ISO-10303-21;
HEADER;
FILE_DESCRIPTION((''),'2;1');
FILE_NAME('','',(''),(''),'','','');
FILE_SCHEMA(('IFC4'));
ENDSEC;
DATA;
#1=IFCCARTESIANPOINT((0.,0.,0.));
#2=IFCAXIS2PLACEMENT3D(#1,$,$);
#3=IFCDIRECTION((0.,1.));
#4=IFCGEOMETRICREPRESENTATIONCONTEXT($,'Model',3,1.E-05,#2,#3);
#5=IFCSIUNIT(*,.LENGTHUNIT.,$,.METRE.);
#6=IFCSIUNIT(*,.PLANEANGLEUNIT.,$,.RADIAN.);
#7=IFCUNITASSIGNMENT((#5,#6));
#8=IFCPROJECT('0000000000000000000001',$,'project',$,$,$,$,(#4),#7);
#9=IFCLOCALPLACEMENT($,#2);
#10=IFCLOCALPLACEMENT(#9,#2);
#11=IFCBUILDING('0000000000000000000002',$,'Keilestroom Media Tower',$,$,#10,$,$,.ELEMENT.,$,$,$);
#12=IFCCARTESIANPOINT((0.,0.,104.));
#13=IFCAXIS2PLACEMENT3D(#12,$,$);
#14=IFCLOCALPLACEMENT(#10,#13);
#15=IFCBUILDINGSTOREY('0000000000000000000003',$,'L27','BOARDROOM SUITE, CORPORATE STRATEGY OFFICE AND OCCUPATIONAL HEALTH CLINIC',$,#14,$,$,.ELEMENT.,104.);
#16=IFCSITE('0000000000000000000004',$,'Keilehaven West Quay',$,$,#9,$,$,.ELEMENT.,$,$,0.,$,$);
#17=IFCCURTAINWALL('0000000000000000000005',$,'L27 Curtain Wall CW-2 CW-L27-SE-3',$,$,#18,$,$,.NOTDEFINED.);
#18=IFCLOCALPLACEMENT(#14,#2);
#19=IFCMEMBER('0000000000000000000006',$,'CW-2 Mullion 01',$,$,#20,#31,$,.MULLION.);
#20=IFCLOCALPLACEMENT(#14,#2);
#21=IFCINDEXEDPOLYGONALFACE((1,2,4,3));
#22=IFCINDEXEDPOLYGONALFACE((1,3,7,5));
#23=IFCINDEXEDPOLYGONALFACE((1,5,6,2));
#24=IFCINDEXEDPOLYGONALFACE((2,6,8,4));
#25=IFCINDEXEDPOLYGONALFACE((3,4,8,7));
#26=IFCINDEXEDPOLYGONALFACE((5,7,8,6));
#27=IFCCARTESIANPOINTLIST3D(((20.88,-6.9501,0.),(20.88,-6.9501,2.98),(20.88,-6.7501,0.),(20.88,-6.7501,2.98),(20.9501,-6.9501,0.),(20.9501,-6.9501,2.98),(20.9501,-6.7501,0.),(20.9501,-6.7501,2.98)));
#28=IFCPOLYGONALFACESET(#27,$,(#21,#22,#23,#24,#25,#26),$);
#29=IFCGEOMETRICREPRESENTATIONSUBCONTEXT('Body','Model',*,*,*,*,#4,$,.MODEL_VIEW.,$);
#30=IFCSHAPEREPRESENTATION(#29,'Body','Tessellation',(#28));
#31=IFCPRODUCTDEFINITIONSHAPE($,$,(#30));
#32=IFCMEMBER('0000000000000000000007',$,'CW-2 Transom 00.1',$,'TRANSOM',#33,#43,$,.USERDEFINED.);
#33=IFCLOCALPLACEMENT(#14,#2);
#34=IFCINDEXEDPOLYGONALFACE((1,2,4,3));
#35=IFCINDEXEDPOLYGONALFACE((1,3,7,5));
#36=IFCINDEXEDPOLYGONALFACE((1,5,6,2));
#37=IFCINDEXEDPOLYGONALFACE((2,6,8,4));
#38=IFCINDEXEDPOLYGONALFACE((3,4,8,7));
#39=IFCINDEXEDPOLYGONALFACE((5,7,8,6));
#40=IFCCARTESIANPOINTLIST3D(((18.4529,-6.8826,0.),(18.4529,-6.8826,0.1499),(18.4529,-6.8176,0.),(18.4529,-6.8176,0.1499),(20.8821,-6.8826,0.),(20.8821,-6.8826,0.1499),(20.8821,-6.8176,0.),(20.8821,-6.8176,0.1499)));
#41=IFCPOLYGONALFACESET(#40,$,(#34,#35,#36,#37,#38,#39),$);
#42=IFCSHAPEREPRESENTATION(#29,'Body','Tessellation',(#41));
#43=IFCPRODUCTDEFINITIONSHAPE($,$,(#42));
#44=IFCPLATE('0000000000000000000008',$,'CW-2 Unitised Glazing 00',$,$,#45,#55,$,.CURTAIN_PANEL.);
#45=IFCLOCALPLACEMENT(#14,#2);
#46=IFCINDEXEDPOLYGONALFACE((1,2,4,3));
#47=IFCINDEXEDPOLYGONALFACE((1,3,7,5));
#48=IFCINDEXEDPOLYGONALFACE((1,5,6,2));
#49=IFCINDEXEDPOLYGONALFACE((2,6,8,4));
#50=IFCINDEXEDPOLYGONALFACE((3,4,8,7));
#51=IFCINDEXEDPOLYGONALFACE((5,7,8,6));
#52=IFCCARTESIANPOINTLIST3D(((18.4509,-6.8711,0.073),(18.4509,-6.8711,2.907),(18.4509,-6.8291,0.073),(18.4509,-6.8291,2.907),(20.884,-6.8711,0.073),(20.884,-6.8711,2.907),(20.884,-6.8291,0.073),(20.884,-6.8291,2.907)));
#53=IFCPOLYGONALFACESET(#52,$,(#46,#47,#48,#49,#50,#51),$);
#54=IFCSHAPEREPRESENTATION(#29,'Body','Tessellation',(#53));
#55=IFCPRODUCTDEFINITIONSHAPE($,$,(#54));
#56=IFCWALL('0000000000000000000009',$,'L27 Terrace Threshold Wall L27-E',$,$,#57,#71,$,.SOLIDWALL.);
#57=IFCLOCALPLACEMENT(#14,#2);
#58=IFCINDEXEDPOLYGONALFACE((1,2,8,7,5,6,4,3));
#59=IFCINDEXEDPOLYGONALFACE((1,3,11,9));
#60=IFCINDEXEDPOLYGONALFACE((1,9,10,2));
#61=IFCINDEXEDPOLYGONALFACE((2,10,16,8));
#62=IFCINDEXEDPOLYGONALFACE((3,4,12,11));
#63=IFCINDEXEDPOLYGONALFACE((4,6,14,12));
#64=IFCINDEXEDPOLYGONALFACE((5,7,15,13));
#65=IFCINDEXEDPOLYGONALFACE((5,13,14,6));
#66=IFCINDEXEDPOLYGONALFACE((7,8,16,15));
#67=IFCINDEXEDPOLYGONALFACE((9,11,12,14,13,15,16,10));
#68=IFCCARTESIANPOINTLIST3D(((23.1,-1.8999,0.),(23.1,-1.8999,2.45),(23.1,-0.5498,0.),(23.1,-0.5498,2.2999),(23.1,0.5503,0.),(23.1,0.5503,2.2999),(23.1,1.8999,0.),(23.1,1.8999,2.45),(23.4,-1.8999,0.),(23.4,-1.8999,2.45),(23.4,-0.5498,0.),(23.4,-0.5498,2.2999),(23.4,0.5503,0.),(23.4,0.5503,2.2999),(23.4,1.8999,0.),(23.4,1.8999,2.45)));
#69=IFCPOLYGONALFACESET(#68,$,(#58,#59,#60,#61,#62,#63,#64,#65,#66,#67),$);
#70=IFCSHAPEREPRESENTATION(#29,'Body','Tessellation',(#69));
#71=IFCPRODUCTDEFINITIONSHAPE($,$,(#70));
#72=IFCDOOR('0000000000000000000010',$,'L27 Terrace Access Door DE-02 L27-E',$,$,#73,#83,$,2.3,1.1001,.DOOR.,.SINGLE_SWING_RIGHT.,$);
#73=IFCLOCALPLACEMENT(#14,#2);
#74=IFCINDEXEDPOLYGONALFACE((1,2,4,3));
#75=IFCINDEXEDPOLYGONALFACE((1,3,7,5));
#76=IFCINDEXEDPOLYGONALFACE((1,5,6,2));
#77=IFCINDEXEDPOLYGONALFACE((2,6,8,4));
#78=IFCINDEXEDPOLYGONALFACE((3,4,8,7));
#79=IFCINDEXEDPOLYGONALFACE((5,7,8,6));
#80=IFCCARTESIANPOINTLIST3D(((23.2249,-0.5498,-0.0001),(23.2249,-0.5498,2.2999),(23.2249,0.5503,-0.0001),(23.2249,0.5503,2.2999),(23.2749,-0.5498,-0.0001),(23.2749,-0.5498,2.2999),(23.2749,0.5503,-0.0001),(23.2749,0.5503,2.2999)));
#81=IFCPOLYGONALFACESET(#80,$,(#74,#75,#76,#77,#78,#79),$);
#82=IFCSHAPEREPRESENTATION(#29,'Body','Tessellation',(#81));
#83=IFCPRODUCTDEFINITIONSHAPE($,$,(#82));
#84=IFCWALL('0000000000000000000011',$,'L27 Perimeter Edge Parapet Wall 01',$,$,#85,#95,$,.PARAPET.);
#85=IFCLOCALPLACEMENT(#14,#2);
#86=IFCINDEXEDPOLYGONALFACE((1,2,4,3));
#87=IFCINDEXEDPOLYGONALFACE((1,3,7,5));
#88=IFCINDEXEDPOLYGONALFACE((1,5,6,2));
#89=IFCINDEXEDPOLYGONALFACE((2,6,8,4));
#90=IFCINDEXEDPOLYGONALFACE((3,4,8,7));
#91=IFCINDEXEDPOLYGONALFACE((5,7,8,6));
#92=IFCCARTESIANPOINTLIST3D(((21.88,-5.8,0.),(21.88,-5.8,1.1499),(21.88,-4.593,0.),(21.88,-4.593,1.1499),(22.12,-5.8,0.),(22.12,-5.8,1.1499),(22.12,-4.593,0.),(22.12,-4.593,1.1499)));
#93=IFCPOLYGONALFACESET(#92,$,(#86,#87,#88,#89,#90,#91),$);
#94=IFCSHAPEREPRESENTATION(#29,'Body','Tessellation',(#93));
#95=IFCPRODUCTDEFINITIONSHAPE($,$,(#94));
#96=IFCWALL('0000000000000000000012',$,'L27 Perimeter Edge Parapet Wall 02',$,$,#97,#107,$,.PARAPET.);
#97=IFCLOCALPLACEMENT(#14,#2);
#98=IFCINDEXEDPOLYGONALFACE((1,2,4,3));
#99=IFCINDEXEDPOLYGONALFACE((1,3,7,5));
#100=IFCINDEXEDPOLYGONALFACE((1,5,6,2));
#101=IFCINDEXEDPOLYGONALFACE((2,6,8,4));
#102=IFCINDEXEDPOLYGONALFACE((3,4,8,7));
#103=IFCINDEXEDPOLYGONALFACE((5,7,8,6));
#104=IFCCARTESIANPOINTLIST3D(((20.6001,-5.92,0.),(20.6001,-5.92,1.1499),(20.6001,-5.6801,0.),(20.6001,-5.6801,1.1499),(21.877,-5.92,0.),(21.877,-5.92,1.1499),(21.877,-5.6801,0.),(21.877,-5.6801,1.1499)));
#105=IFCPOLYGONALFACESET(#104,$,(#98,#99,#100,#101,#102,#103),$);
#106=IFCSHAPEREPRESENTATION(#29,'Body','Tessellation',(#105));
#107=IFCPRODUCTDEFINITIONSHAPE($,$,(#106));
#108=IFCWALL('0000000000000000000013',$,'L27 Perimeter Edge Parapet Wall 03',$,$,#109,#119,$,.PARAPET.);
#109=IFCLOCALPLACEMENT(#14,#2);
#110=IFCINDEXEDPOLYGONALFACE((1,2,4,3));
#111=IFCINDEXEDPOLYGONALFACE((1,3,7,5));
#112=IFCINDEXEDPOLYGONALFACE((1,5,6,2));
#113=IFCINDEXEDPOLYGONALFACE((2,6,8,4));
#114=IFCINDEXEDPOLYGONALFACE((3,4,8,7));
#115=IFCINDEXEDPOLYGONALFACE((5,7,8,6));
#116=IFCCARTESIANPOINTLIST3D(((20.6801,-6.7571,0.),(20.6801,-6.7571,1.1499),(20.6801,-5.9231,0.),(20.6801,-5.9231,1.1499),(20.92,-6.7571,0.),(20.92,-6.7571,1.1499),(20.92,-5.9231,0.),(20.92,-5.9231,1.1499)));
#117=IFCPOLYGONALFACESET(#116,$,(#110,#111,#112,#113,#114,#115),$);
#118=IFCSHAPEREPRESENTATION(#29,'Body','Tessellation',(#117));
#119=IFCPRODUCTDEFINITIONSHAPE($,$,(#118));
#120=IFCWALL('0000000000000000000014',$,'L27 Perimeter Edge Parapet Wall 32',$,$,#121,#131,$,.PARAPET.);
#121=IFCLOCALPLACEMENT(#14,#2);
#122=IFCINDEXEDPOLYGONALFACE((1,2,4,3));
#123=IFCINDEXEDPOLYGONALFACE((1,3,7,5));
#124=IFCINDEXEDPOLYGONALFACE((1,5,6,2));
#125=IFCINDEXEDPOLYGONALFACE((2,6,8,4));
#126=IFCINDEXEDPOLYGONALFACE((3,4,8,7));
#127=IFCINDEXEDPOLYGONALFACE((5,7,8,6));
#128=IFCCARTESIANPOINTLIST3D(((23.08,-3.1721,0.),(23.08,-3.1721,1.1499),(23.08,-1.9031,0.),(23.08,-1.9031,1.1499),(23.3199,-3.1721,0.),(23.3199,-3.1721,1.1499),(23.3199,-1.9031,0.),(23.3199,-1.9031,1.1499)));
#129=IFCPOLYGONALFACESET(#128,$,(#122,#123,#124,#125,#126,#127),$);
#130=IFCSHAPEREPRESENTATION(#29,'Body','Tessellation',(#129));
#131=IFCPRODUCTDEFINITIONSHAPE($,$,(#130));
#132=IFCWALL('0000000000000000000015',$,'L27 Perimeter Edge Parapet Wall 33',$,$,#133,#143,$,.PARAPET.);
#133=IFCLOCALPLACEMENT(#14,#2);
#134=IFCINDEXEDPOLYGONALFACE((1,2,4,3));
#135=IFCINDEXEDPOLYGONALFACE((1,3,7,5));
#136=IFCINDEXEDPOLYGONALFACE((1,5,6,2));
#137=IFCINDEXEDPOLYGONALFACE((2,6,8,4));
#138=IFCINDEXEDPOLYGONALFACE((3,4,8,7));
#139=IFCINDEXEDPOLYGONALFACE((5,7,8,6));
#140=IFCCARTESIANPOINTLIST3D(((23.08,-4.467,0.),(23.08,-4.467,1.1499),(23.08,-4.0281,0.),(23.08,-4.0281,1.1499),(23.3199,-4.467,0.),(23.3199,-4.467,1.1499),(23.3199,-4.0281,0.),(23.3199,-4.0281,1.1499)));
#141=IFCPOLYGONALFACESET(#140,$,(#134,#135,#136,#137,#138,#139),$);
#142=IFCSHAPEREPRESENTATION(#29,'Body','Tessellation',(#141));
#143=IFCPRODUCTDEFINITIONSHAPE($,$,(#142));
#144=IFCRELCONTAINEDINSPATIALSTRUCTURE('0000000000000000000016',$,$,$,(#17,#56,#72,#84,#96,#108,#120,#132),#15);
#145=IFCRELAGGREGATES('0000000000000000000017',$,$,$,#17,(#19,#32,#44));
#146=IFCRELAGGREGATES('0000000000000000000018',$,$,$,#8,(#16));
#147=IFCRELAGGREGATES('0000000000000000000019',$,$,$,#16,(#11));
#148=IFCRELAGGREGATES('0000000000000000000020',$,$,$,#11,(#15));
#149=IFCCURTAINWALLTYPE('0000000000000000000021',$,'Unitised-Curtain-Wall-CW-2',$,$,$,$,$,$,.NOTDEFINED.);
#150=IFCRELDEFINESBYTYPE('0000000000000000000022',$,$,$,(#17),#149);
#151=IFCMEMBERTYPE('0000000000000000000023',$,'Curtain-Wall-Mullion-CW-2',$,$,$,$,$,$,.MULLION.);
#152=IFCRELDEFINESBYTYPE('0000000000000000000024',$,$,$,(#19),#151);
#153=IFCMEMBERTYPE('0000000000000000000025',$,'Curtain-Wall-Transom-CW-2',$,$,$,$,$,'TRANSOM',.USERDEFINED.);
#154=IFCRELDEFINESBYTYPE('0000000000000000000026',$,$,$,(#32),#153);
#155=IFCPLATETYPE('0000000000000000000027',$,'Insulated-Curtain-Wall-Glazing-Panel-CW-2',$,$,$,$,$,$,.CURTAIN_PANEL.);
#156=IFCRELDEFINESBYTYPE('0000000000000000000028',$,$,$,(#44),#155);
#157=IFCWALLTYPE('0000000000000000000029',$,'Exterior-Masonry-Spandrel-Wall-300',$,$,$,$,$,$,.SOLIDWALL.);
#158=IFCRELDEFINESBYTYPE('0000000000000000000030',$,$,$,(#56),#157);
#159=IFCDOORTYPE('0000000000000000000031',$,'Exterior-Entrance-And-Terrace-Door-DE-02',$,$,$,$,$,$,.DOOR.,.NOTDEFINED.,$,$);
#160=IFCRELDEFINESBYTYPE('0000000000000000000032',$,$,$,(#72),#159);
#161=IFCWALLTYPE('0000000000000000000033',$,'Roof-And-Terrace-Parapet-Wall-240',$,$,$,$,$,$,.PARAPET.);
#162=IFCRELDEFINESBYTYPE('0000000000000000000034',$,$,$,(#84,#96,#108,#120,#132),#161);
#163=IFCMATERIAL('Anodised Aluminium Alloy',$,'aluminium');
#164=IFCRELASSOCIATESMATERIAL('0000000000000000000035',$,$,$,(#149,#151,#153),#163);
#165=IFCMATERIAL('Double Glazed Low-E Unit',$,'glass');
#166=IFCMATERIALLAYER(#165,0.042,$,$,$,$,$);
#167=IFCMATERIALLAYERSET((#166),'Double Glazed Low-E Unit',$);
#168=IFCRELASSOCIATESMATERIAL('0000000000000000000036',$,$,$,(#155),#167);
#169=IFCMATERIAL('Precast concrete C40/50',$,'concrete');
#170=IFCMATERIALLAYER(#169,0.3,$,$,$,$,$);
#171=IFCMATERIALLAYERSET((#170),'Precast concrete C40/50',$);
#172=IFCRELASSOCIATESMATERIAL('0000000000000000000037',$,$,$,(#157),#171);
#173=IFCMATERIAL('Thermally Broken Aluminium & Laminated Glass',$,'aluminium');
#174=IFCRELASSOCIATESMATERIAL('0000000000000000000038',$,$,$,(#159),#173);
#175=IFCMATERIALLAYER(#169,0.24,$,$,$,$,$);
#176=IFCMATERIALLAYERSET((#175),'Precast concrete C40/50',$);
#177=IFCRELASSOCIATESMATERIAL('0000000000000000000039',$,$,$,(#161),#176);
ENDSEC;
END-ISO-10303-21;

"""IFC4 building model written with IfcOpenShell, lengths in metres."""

from ifc_helpers import new_model, si_unit, direction, frame, frame_2d, origin, origin_2d, place, context, subcontext, project, spatial, rectangle, extrude, source, transform, mapped, material, layer, layer_set, material_profile, profile_set, type_object, element, fill, aggregate, save


model = new_model("IFC4")

# Units and contexts
model_context = context("Model", 3, precision=1e-05, world=origin(), true_north=direction((0.0, 1.0)))
body_context = subcontext(model_context, "Body", "Model", "MODEL_VIEW")
ifc_project = project(units=[si_unit("LENGTHUNIT", "METRE"), si_unit("PLANEANGLEUNIT", "RADIAN")], contexts=[model_context])

# Site, building, storey
site_placement = place(None, origin())
site = spatial("IfcSite", under=ifc_project, at=site_placement, Name="Keilehaven West Quay", CompositionType="ELEMENT", RefElevation=0.0)
building_placement = place(site_placement, origin())
building = spatial("IfcBuilding", under=site, at=building_placement, Name="Keilestroom Media Tower", CompositionType="ELEMENT")
storey_placement = place(building_placement, frame((0.0, 0.0, 104.0)))
storey = spatial("IfcBuildingStorey", under=building, at=storey_placement, Name="L27", Description="BOARDROOM SUITE, CORPORATE STRATEGY OFFICE AND OCCUPATIONAL HEALTH CLINIC", CompositionType="ELEMENT", Elevation=104.0)

# Shared definitions
ifc_material_1 = material(Name="Precast concrete C40/50", Category="concrete")

# Curtain wall, members, plate
ifc_material_2 = material(Name="Anodised Aluminium Alloy", Category="aluminium")
curtain_wall_type = type_object("IfcCurtainWallType", Name="Unitised-Curtain-Wall-CW-2", PredefinedType="NOTDEFINED", material=ifc_material_2)
curtain_wall_placement = place(storey_placement, origin())
curtain_wall = element("IfcCurtainWall", 1, at=curtain_wall_placement, inside=storey, type_object=curtain_wall_type, Name="L27 Curtain Wall CW-2 CW-L27-SE-3", PredefinedType="NOTDEFINED")
ifc_material_profile_1 = material_profile(ifc_material_2, rectangle(XDim=0.0701, YDim=0.2, at=origin_2d()), Name="ALU MULLION 70x200")
ifc_profile_set_1 = profile_set([ifc_material_profile_1], Name="Anodised Aluminium Alloy")
member_type_1 = type_object("IfcMemberType", Name="Curtain-Wall-Mullion-CW-2", PredefinedType="MULLION", material=ifc_profile_set_1)
shared_shape_1 = source(origin(), body_context, "Body", "SweptSolid", [
    extrude(rectangle(XDim=0.0701, YDim=0.2, at=origin_2d()), origin(), (0.0, 0.0, 1.0), 2.98),
])
member_1_placement = place(storey_placement, frame((20.915, -6.8501, 0.0), z_axis=(0.0, 0.0, 1.0), x_axis=(1.0, 0.0, 0.0)))
member_1 = element("IfcMember", 2, at=member_1_placement, type_object=member_type_1, Name="CW-2 Mullion 01", PredefinedType="MULLION", context=body_context, shape_type="MappedRepresentation", body=[
    mapped(shared_shape_1, transform((0.0, 0.0, 0.0), x_axis=(1.0, 0.0, 0.0), y_axis=(0.0, 1.0, 0.0), z_axis=(0.0, 0.0, 1.0), scale=1.0)),
])
ifc_material_profile_2 = material_profile(ifc_material_2, rectangle(XDim=0.0649, YDim=0.1499, at=origin_2d()), Name="ALU TRANSOM 65x150")
ifc_profile_set_2 = profile_set([ifc_material_profile_2], Name="Anodised Aluminium Alloy")
member_type_2 = type_object("IfcMemberType", Name="Curtain-Wall-Transom-CW-2", ElementType="TRANSOM", PredefinedType="USERDEFINED", material=ifc_profile_set_2)
shared_shape_2 = source(origin(), body_context, "Body", "SweptSolid", [
    extrude(rectangle(XDim=0.0649, YDim=0.1499, at=origin_2d()), origin(), (0.0, 0.0, 1.0), 2.4292),
])
member_2_placement = place(storey_placement, frame((18.4529, -6.8501, 0.075), z_axis=(1.0, 0.0, 0.0), x_axis=(0.0, 1.0, 0.0)))
member_2 = element("IfcMember", 3, at=member_2_placement, type_object=member_type_2, Name="CW-2 Transom 00.1", ObjectType="TRANSOM", PredefinedType="USERDEFINED", context=body_context, shape_type="MappedRepresentation", body=[
    mapped(shared_shape_2, transform((0.0, 0.0, 0.0), x_axis=(1.0, 0.0, 0.0), y_axis=(0.0, 1.0, 0.0), z_axis=(0.0, 0.0, 1.0), scale=1.0)),
])
ifc_material_3 = material(Name="Double Glazed Low-E Unit", Category="glass")
ifc_layer_1 = layer(ifc_material_3, 0.042)
ifc_layer_set_1 = layer_set([ifc_layer_1], Name="Double Glazed Low-E Unit")
plate_type = type_object("IfcPlateType", Name="Insulated-Curtain-Wall-Glazing-Panel-CW-2", PredefinedType="CURTAIN_PANEL", material=ifc_layer_set_1)
shared_shape_3 = source(origin(), body_context, "Body", "SweptSolid", [
    extrude(rectangle(XDim=2.4331, YDim=0.042, at=origin_2d()), origin(), (0.0, 0.0, 1.0), 2.834),
])
plate_placement = place(storey_placement, frame((19.6675, -6.8501, 0.073), z_axis=(0.0, 0.0, 1.0), x_axis=(1.0, 0.0, 0.0)))
plate = element("IfcPlate", 4, at=plate_placement, type_object=plate_type, Name="CW-2 Unitised Glazing 00", PredefinedType="CURTAIN_PANEL", context=body_context, shape_type="MappedRepresentation", body=[
    mapped(shared_shape_3, transform((0.0, 0.0, 0.0), x_axis=(1.0, 0.0, 0.0), y_axis=(0.0, 1.0, 0.0), z_axis=(0.0, 0.0, 1.0), scale=1.0)),
])
aggregate(curtain_wall, [member_1, member_2, plate])

# Wall, opening, door
ifc_layer_2 = layer(ifc_material_1, 0.3)
ifc_layer_set_2 = layer_set([ifc_layer_2], Name="Precast concrete C40/50")
wall_type_1 = type_object("IfcWallType", Name="Exterior-Masonry-Spandrel-Wall-300", PredefinedType="SOLIDWALL", material=ifc_layer_set_2)
wall_1_placement = place(storey_placement, frame((23.25, -1.8999, 0.0), z_axis=(0.0, 0.0, 1.0), x_axis=(0.0, 1.0, 0.0)))
wall_1 = element("IfcWall", 5, at=wall_1_placement, inside=storey, type_object=wall_type_1, Name="L27 Terrace Threshold Wall L27-E", PredefinedType="SOLIDWALL", context=body_context, shape_type="SweptSolid", body=[
    extrude(rectangle(XDim=3.7998, YDim=0.3, at=frame_2d((1.8999, 0.0))), origin(), (0.0, 0.0, 1.0), 2.45),
])
opening_placement = place(wall_1_placement, frame((1.3501, 0.0, 0.0)))
opening = element("IfcOpeningElement", 6, at=opening_placement, cuts=wall_1, PredefinedType="OPENING", context=body_context, shape_type="SweptSolid", body=[
    extrude(rectangle(XDim=1.1001, YDim=2.3, at=frame_2d((0.55, 1.1499))), frame((0.0, 0.1602, 0.0), z_axis=(0.0, -1.0, 0.0), x_axis=(1.0, 0.0, 0.0)), (0.0, 0.0, 1.0), 0.3201),
])
ifc_material_4 = material(Name="Thermally Broken Aluminium & Laminated Glass", Category="aluminium")
door_type = type_object("IfcDoorType", Name="Exterior-Entrance-And-Terrace-Door-DE-02", OperationType="NOTDEFINED", PredefinedType="DOOR", material=ifc_material_4)
shared_shape_4 = source(origin(), body_context, "Body", "SweptSolid", [
    extrude(rectangle(XDim=1.1001, YDim=2.3, at=frame_2d((0.55, 1.1499))), frame((0.0, 0.0249, 0.0), z_axis=(0.0, -1.0, 0.0), x_axis=(1.0, 0.0, 0.0)), (0.0, 0.0, 1.0), 0.05),
])
door_placement = place(opening_placement, frame((1.1001, 0.0, 0.0), z_axis=(0.0, 0.0, 1.0), x_axis=(-1.0, 0.0, 0.0)))
door = element("IfcDoor", 7, at=door_placement, inside=storey, type_object=door_type, Name="L27 Terrace Access Door DE-02 L27-E", OperationType="SINGLE_SWING_RIGHT", OverallHeight=2.3, OverallWidth=1.1001, PredefinedType="DOOR", context=body_context, shape_type="MappedRepresentation", body=[
    mapped(shared_shape_4, transform((0.0, 0.0, 0.0), x_axis=(1.0, 0.0, 0.0), y_axis=(0.0, 1.0, 0.0), z_axis=(0.0, 0.0, 1.0), scale=1.0)),
])
fill(opening, door)

# Walls
ifc_layer_3 = layer(ifc_material_1, 0.24)
ifc_layer_set_3 = layer_set([ifc_layer_3], Name="Precast concrete C40/50")
wall_type_2 = type_object("IfcWallType", Name="Roof-And-Terrace-Parapet-Wall-240", PredefinedType="PARAPET", material=ifc_layer_set_3)
wall_2_placement = place(storey_placement, frame((22.0, -4.593, 0.0), z_axis=(0.0, 0.0, 1.0), x_axis=(0.0, -1.0, 0.0)))
element("IfcWall", 8, at=wall_2_placement, inside=storey, type_object=wall_type_2, Name="L27 Perimeter Edge Parapet Wall 01", PredefinedType="PARAPET", context=body_context, shape_type="SweptSolid", body=[
    extrude(rectangle(XDim=1.207, YDim=0.24, at=frame_2d((0.6035, 0.0))), origin(), (0.0, 0.0, 1.0), 1.1499),
])
wall_3_placement = place(storey_placement, frame((21.877, -5.8, 0.0), z_axis=(0.0, 0.0, 1.0), x_axis=(-1.0, 0.0, 0.0)))
element("IfcWall", 9, at=wall_3_placement, inside=storey, type_object=wall_type_2, Name="L27 Perimeter Edge Parapet Wall 02", PredefinedType="PARAPET", context=body_context, shape_type="SweptSolid", body=[
    extrude(rectangle(XDim=1.2769, YDim=0.24, at=frame_2d((0.6384, 0.0))), origin(), (0.0, 0.0, 1.0), 1.1499),
])
wall_4_placement = place(storey_placement, frame((20.8, -5.9231, 0.0), z_axis=(0.0, 0.0, 1.0), x_axis=(0.0, -1.0, 0.0)))
element("IfcWall", 10, at=wall_4_placement, inside=storey, type_object=wall_type_2, Name="L27 Perimeter Edge Parapet Wall 03", PredefinedType="PARAPET", context=body_context, shape_type="SweptSolid", body=[
    extrude(rectangle(XDim=0.834, YDim=0.24, at=frame_2d((0.417, 0.0))), origin(), (0.0, 0.0, 1.0), 1.1499),
])
wall_5_placement = place(storey_placement, frame((23.2, -1.9031, 0.0), z_axis=(0.0, 0.0, 1.0), x_axis=(0.0, -1.0, 0.0)))
element("IfcWall", 11, at=wall_5_placement, inside=storey, type_object=wall_type_2, Name="L27 Perimeter Edge Parapet Wall 32", PredefinedType="PARAPET", context=body_context, shape_type="SweptSolid", body=[
    extrude(rectangle(XDim=1.269, YDim=0.24, at=frame_2d((0.6345, 0.0))), origin(), (0.0, 0.0, 1.0), 1.1499),
])
wall_6_placement = place(storey_placement, frame((23.2, -4.0281, 0.0), z_axis=(0.0, 0.0, 1.0), x_axis=(0.0, -1.0, 0.0)))
element("IfcWall", 12, at=wall_6_placement, inside=storey, type_object=wall_type_2, Name="L27 Perimeter Edge Parapet Wall 33", PredefinedType="PARAPET", context=body_context, shape_type="SweptSolid", body=[
    extrude(rectangle(XDim=0.439, YDim=0.24, at=frame_2d((0.2195, 0.0))), origin(), (0.0, 0.0, 1.0), 1.1499),
])

save(model, "model.ifc")
